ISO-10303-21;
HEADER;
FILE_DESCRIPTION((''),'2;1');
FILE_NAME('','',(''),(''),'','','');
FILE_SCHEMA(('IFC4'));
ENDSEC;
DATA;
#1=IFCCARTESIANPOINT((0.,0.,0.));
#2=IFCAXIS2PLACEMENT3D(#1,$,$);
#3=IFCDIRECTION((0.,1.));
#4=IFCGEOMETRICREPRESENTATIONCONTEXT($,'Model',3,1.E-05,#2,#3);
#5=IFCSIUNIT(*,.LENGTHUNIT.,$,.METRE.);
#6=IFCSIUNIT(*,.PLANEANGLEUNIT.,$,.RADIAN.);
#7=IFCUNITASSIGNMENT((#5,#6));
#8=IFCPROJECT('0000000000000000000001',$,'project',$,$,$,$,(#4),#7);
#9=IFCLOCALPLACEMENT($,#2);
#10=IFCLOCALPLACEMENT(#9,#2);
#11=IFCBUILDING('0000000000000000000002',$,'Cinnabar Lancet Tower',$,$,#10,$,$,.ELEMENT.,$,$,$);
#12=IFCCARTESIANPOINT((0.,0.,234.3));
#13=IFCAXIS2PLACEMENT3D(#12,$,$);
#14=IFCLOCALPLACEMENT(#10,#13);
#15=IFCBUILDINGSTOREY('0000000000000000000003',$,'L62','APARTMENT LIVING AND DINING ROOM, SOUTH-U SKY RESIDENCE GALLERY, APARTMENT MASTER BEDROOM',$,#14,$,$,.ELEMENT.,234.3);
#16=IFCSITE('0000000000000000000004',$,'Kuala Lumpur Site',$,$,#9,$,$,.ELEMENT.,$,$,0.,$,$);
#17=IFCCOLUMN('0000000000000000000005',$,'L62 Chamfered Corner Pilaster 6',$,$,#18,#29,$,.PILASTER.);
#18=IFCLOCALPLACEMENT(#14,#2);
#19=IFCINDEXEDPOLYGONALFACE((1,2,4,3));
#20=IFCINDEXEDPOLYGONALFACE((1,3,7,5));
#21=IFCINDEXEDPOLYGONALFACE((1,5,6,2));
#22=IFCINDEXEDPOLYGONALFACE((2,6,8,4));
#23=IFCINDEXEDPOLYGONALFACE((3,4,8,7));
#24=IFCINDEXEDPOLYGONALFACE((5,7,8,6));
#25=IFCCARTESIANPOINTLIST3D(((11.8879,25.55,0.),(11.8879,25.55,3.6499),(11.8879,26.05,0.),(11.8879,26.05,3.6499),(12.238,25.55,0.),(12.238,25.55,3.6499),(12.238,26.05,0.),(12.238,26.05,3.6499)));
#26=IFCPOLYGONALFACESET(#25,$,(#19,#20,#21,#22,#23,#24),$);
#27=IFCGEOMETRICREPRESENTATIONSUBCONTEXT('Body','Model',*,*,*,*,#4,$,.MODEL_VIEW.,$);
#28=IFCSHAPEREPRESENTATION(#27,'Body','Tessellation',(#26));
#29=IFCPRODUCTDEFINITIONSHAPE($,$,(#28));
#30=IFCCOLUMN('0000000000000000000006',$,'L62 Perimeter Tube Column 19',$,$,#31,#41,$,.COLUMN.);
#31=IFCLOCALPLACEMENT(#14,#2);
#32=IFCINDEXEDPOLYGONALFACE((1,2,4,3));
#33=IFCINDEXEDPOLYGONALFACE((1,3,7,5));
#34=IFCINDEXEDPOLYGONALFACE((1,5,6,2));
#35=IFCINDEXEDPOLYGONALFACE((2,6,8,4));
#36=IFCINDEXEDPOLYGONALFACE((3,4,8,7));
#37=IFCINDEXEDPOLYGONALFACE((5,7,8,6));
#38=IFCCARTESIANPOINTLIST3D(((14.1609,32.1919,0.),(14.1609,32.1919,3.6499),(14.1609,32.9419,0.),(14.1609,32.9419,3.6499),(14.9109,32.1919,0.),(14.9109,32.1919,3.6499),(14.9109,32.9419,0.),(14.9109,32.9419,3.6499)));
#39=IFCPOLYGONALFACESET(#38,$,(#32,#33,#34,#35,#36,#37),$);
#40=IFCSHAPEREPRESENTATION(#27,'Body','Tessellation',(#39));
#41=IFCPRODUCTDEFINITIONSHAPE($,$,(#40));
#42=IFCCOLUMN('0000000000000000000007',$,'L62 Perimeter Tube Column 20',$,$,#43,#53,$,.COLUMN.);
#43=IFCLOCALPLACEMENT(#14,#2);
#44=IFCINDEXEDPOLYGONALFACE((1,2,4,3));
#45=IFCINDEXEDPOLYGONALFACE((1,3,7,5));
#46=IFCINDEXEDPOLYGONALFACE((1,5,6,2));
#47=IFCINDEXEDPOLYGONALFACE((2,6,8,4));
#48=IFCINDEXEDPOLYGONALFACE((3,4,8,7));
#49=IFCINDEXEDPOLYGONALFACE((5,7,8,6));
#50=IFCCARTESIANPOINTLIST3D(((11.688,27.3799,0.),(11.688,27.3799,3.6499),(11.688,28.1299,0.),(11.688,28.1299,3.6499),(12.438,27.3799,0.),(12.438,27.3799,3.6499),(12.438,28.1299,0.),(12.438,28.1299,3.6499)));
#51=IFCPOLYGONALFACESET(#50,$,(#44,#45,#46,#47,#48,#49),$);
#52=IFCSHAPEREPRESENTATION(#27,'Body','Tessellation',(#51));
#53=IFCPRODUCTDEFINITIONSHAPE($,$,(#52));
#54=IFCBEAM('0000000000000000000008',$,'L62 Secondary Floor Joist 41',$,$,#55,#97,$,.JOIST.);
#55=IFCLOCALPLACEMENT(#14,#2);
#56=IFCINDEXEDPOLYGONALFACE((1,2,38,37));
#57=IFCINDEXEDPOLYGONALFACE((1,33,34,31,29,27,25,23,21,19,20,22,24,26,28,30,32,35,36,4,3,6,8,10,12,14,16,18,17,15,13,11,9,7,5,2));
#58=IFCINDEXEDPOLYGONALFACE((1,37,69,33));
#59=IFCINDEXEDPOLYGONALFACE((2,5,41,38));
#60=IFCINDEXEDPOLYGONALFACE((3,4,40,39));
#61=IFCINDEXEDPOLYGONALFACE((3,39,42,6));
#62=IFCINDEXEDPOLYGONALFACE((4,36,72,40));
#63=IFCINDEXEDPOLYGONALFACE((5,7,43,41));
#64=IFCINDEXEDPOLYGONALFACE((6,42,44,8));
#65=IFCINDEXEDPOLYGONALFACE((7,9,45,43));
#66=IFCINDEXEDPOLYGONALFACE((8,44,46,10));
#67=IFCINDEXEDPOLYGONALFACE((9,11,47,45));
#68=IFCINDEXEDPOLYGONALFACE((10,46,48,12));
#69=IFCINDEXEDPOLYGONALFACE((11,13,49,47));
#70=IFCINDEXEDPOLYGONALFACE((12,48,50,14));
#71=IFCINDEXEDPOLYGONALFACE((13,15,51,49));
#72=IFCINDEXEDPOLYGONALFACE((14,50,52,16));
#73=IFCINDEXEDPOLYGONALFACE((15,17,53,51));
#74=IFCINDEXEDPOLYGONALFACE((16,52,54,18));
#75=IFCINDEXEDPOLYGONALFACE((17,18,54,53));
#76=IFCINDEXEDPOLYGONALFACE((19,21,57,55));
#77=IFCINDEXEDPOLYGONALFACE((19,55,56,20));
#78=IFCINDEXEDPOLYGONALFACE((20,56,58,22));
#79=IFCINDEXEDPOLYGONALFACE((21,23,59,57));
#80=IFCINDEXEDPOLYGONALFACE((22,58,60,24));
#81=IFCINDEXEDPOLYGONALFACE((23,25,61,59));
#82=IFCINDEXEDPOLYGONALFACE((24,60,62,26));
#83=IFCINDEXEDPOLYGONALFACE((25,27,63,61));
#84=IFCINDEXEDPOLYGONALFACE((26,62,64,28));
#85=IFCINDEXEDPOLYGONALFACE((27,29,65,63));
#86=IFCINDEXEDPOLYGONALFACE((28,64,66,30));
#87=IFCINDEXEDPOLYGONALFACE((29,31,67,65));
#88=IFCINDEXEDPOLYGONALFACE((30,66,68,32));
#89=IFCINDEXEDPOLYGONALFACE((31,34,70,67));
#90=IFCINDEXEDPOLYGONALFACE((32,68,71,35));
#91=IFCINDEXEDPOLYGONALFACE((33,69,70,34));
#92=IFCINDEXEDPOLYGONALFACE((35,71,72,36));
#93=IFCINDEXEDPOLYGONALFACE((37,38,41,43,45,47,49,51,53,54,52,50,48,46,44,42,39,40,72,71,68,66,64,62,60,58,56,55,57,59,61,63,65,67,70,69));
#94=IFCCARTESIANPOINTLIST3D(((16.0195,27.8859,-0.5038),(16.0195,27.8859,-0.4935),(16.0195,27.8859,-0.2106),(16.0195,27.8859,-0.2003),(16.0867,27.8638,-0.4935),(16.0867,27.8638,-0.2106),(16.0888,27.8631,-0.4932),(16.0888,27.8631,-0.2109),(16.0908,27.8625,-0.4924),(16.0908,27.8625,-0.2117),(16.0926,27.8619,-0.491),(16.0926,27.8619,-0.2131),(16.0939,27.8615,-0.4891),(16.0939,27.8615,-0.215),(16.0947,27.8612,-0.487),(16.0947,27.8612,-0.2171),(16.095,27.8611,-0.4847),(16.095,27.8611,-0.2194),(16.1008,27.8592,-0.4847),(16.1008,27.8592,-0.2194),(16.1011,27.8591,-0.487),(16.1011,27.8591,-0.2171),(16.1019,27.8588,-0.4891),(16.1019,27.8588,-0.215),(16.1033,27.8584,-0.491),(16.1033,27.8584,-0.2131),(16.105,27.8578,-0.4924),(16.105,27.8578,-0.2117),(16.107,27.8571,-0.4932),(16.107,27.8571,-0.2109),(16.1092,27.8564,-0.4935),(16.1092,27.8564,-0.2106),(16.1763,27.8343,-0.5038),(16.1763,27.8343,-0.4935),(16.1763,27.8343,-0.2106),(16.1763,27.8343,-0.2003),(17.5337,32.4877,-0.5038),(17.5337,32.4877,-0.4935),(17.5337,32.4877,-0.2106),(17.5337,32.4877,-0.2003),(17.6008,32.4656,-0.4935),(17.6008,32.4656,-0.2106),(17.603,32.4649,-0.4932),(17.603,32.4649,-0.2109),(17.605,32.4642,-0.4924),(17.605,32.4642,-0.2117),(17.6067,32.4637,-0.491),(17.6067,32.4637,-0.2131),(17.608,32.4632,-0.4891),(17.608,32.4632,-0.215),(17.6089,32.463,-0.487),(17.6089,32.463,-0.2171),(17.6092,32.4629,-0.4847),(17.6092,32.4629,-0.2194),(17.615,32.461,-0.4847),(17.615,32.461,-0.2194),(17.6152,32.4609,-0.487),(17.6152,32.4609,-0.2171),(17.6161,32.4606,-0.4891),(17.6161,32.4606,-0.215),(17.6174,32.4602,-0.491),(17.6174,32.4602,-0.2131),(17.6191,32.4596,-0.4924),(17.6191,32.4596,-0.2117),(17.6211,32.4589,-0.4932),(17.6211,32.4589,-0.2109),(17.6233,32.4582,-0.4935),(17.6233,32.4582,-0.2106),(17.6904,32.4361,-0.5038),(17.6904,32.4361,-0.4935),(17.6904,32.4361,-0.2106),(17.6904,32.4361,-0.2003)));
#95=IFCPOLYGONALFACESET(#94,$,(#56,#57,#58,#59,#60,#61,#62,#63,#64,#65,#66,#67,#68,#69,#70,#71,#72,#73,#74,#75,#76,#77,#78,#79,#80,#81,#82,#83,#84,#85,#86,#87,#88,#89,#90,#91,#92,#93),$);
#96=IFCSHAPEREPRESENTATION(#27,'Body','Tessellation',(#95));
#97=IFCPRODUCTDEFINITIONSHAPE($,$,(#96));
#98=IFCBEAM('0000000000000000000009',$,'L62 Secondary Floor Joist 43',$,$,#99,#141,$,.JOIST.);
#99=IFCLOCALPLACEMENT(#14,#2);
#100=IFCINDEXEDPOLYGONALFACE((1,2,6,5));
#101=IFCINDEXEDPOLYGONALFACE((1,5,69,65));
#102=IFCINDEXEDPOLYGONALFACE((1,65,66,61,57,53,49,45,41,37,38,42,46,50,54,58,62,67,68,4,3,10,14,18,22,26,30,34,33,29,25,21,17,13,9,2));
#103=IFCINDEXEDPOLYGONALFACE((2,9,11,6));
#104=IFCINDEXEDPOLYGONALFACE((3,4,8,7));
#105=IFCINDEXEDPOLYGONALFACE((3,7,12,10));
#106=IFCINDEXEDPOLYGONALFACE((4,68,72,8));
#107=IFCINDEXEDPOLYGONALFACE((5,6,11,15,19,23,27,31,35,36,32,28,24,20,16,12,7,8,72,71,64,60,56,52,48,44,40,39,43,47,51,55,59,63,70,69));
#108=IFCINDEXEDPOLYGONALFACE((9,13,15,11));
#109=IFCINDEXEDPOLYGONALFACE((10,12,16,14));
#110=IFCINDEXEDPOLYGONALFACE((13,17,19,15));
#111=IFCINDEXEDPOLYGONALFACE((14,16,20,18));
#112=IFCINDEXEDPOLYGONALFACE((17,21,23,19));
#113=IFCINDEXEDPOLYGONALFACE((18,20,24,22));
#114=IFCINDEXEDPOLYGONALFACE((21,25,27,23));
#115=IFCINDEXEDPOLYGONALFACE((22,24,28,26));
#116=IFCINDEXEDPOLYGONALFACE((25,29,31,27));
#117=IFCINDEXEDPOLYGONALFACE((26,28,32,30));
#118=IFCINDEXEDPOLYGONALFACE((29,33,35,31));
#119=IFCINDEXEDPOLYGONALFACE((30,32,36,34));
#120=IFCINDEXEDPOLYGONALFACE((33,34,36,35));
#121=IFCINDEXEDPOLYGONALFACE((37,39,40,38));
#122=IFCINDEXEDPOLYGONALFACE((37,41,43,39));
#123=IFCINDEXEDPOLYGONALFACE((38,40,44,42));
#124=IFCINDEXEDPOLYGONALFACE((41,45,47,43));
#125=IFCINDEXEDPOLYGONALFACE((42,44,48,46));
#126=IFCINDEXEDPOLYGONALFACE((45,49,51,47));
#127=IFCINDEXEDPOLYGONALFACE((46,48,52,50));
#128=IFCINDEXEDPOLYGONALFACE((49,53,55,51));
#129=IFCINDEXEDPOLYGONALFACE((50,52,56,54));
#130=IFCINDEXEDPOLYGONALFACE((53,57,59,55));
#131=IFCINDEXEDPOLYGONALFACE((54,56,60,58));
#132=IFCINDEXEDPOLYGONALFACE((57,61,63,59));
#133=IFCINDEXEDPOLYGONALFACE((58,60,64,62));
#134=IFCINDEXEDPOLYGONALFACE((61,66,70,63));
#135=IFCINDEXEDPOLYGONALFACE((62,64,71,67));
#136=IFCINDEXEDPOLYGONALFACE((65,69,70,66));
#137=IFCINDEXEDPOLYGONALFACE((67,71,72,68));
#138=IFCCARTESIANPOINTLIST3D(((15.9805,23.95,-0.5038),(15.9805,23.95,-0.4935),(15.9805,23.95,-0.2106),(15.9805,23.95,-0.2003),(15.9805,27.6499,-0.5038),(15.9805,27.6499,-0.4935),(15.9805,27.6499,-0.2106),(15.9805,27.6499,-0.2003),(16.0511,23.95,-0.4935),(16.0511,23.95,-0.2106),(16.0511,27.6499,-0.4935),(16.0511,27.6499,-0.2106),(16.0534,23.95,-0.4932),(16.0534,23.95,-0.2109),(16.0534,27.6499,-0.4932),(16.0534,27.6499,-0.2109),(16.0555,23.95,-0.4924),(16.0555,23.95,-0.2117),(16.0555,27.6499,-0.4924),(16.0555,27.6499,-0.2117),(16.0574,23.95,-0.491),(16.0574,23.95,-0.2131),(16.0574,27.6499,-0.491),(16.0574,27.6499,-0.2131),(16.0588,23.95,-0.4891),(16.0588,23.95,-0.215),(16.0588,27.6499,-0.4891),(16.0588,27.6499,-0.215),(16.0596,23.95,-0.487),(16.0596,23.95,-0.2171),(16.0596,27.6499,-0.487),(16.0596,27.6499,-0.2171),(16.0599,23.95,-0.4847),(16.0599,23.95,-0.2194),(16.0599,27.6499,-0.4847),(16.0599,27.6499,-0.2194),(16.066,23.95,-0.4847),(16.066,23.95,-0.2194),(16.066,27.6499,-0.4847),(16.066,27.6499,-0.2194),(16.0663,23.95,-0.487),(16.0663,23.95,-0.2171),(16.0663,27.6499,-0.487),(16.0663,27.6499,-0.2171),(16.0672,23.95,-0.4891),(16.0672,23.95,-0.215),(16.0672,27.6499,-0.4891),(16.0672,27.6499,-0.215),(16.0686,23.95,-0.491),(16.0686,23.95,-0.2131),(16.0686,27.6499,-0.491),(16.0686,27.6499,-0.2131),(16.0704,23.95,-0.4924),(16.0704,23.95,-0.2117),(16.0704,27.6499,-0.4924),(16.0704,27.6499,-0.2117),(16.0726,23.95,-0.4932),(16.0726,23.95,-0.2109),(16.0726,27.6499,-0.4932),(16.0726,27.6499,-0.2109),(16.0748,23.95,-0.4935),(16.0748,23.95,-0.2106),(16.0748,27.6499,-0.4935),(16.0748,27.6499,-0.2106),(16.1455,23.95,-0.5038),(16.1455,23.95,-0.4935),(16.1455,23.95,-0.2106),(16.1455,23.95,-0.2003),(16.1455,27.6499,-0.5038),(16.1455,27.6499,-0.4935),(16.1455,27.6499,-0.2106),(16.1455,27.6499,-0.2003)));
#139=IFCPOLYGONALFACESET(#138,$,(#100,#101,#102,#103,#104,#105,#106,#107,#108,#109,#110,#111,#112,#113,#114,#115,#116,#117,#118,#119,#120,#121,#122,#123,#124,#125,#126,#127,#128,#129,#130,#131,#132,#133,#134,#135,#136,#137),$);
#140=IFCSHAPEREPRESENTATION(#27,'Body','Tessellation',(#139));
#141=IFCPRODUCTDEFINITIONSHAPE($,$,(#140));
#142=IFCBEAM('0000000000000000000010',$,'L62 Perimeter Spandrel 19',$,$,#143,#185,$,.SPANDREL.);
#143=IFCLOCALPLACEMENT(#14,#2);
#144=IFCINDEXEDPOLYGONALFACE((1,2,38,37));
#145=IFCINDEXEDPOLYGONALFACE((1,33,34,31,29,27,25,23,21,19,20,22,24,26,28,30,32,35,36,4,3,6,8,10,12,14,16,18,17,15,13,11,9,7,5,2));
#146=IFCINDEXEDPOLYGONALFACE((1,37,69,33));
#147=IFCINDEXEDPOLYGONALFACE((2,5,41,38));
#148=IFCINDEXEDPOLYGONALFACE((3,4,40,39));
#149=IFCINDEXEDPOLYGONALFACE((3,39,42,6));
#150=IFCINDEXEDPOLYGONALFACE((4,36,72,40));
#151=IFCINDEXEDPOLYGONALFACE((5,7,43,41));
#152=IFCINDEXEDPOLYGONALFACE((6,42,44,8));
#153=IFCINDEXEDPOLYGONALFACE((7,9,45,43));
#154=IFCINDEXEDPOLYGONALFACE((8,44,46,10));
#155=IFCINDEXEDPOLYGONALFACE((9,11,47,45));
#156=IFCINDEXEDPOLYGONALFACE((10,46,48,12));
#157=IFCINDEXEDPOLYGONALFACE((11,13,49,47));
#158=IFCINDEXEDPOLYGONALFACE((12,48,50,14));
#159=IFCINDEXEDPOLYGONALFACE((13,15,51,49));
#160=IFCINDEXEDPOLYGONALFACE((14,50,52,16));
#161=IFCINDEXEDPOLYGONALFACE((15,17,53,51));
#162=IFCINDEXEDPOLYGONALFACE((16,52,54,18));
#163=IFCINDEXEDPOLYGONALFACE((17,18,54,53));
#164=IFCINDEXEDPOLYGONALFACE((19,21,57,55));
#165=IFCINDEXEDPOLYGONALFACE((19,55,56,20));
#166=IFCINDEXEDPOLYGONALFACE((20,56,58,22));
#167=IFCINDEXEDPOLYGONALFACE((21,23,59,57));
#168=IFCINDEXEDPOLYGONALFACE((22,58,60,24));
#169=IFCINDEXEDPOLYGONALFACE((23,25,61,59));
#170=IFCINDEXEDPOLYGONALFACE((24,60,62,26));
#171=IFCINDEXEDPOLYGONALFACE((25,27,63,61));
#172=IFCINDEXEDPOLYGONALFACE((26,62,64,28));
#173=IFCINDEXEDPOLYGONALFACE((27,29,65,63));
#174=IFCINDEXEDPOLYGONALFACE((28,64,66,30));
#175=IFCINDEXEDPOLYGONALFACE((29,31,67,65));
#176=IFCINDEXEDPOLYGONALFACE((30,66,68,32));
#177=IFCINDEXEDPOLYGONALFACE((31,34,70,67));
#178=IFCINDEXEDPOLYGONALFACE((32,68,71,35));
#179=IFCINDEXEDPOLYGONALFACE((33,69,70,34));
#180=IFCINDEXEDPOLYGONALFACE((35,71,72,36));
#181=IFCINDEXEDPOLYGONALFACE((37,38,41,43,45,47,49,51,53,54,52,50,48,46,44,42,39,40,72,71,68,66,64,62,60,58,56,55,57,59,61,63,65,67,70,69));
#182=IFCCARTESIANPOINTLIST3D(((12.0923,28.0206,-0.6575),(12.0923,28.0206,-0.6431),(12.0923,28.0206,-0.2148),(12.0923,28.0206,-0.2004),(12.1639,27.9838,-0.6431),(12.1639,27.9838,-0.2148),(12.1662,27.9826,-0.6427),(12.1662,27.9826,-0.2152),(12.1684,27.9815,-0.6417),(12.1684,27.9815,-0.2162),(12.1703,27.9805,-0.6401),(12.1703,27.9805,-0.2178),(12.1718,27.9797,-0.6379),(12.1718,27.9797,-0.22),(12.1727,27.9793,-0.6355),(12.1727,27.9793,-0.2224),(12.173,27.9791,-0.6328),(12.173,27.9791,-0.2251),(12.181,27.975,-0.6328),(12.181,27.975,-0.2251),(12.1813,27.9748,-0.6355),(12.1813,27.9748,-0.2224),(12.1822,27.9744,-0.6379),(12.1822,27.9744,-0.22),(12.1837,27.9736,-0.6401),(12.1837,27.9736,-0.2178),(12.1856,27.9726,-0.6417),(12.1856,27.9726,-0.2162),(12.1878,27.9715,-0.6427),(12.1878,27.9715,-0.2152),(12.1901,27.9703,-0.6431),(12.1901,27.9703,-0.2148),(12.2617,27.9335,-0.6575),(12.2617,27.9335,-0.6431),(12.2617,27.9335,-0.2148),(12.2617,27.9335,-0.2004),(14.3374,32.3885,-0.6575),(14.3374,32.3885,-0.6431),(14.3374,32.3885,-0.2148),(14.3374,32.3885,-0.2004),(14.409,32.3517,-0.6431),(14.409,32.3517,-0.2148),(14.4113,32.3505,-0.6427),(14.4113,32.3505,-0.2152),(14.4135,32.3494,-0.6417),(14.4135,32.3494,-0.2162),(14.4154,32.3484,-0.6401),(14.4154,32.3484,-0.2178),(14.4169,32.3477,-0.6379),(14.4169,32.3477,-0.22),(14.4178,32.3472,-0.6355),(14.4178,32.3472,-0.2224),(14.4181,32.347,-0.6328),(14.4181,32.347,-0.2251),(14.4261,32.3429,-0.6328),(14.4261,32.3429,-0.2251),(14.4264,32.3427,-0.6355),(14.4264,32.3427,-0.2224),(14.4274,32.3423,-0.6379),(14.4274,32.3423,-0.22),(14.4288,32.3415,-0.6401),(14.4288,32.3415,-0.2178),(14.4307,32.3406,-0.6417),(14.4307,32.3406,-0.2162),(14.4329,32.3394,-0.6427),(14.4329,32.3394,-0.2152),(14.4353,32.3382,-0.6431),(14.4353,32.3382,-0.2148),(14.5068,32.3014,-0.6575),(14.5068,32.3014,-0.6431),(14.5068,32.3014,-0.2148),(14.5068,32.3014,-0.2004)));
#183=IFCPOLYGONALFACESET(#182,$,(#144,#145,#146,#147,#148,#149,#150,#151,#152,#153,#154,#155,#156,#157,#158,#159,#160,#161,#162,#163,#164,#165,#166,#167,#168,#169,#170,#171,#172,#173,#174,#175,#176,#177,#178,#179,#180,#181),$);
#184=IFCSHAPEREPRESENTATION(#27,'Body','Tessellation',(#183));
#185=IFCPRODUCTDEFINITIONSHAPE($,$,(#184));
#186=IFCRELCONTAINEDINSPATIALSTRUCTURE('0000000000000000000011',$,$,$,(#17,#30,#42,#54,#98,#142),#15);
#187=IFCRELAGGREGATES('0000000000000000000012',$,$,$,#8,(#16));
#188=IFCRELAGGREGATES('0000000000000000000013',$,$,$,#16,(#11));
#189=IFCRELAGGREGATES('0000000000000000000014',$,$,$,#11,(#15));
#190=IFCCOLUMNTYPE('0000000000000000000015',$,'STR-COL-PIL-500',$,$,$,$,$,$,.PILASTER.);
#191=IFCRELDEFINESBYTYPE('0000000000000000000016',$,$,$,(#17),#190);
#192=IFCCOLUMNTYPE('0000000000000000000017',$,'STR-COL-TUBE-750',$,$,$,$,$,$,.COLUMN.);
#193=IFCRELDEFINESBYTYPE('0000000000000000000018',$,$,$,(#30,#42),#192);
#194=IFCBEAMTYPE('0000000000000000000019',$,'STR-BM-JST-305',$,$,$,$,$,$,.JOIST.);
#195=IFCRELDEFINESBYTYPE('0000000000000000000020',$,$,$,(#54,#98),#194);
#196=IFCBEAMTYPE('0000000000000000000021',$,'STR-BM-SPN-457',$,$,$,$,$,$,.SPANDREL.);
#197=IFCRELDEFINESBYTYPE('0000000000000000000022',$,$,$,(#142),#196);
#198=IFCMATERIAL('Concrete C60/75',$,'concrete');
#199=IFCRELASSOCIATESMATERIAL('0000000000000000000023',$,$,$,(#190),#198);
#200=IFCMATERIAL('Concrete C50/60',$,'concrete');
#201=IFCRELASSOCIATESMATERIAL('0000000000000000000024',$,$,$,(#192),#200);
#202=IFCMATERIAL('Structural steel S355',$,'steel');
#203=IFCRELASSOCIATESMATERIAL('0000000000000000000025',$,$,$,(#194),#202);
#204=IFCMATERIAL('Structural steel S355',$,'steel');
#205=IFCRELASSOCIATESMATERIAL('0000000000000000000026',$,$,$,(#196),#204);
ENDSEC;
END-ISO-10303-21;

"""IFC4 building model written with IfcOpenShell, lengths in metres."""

from ifc_helpers import new_model, si_unit, direction, frame, origin, origin_2d, place, context, subcontext, project, spatial, rectangle, i_section, extrude, material, material_profile, profile_set, type_object, element, save


model = new_model("IFC4")

# Units and contexts
model_context = context("Model", 3, precision=1e-05, world=origin(), true_north=direction((0.0, 1.0)))
body_context = subcontext(model_context, "Body", "Model", "MODEL_VIEW")
ifc_project = project(units=[si_unit("LENGTHUNIT", "METRE"), si_unit("PLANEANGLEUNIT", "RADIAN")], contexts=[model_context])

# Site, building, storey
site_placement = place(None, origin())
site = spatial("IfcSite", under=ifc_project, at=site_placement, Name="Kuala Lumpur Site", CompositionType="ELEMENT", RefElevation=0.0)
building_placement = place(site_placement, origin())
building = spatial("IfcBuilding", under=site, at=building_placement, Name="Cinnabar Lancet Tower", CompositionType="ELEMENT")
storey_placement = place(building_placement, frame((0.0, 0.0, 234.3)))
storey = spatial("IfcBuildingStorey", under=building, at=storey_placement, Name="L62", Description="APARTMENT LIVING AND DINING ROOM, SOUTH-U SKY RESIDENCE GALLERY, APARTMENT MASTER BEDROOM", CompositionType="ELEMENT", Elevation=234.3)

# Columns
ifc_material_1 = material(Name="Concrete C60/75", Category="concrete")
ifc_material_profile_1 = material_profile(ifc_material_1, rectangle(XDim=0.5, YDim=0.3501, at=origin_2d()), Name="RC-PIL 500x350")
ifc_profile_set_1 = profile_set([ifc_material_profile_1], Name="Concrete C60/75")
column_type_1 = type_object("IfcColumnType", Name="STR-COL-PIL-500", PredefinedType="PILASTER", material=ifc_profile_set_1)
column_placement = place(storey_placement, frame((12.063, 25.8, 0.0), z_axis=(0.0, 0.0, 1.0), x_axis=(0.0, -1.0, 0.0)))
element("IfcColumn", 1, at=column_placement, inside=storey, type_object=column_type_1, Name="L62 Chamfered Corner Pilaster 6", PredefinedType="PILASTER", context=body_context, shape_type="SweptSolid", body=[
    extrude(rectangle(XDim=0.5, YDim=0.3501, at=origin_2d()), origin(), (0.0, 0.0, 1.0), 3.6499),
])
ifc_material_2 = material(Name="Concrete C50/60", Category="concrete")
ifc_material_profile_2 = material_profile(ifc_material_2, rectangle(XDim=0.75, YDim=0.75, at=origin_2d()), Name="RC-COL 750x750")
ifc_profile_set_2 = profile_set([ifc_material_profile_2], Name="Concrete C50/60")
column_type_2 = type_object("IfcColumnType", Name="STR-COL-TUBE-750", PredefinedType="COLUMN", material=ifc_profile_set_2)
for number, where, z_axis, x_axis, name in (
    (2, (14.5359, 32.5669, 0.0), (0.0, 0.0, 1.0), (1.0, 0.0, 0.0), "L62 Perimeter Tube Column 19"),
    (3, (12.063, 27.7549, 0.0), (0.0, 0.0, 1.0), (1.0, 0.0, 0.0), "L62 Perimeter Tube Column 20"),
):
    element("IfcColumn", number, at=place(storey_placement, frame(where, z_axis=z_axis, x_axis=x_axis)), inside=storey, type_object=column_type_2, Name=name, PredefinedType="COLUMN", context=body_context, shape_type="SweptSolid", body=[
        extrude(rectangle(XDim=0.75, YDim=0.75, at=origin_2d()), origin(), (0.0, 0.0, 1.0), 3.6499),
    ])

# Beams
ifc_material_3 = material(Name="Structural steel S355", Category="steel")
ifc_material_profile_3 = material_profile(ifc_material_3, i_section(OverallWidth=0.165, OverallDepth=0.3035, WebThickness=0.0061, FlangeThickness=0.0103, FilletRadius=0.0088, at=origin_2d()), Name="UKB 305x165x40")
ifc_profile_set_3 = profile_set([ifc_material_profile_3], Name="Structural steel S355")
beam_type_1 = type_object("IfcBeamType", Name="STR-BM-JST-305", PredefinedType="JOIST", material=ifc_profile_set_3)
beam_1_placement = place(storey_placement, frame((17.6121, 32.4619, -0.3521), z_axis=(-0.312552, -0.949901, 0.0), x_axis=(0.949901, -0.312552, 0.0)))
element("IfcBeam", 4, at=beam_1_placement, inside=storey, type_object=beam_type_1, Name="L62 Secondary Floor Joist 41", PredefinedType="JOIST", context=body_context, shape_type="SweptSolid", body=[
    extrude(i_section(OverallWidth=0.165, OverallDepth=0.3035, WebThickness=0.0061, FlangeThickness=0.0103, FilletRadius=0.0088, at=origin_2d()), origin(), (0.0, 0.0, 1.0), 4.8445),
])
beam_2_placement = place(storey_placement, frame((16.063, 27.6499, -0.3521), z_axis=(0.0, -1.0, 0.0), x_axis=(1.0, 0.0, 0.0)))
element("IfcBeam", 5, at=beam_2_placement, inside=storey, type_object=beam_type_1, Name="L62 Secondary Floor Joist 43", PredefinedType="JOIST", context=body_context, shape_type="SweptSolid", body=[
    extrude(i_section(OverallWidth=0.165, OverallDepth=0.3035, WebThickness=0.0061, FlangeThickness=0.0103, FilletRadius=0.0088, at=origin_2d()), origin(), (0.0, 0.0, 1.0), 3.7),
])
ifc_material_4 = material(Name="Structural steel S355", Category="steel")
ifc_material_profile_4 = material_profile(ifc_material_4, i_section(OverallWidth=0.1904, OverallDepth=0.457, WebThickness=0.009, FlangeThickness=0.0144, FilletRadius=0.0103, at=origin_2d()), Name="UKB 457x191x74")
ifc_profile_set_4 = profile_set([ifc_material_profile_4], Name="Structural steel S355")
beam_type_2 = type_object("IfcBeamType", Name="STR-BM-SPN-457", PredefinedType="SPANDREL", material=ifc_profile_set_4)
beam_3_placement = place(storey_placement, frame((14.4221, 32.345, -0.429), z_axis=(-0.457148, -0.889391, 0.0), x_axis=(0.889391, -0.457148, 0.0)))
element("IfcBeam", 6, at=beam_3_placement, inside=storey, type_object=beam_type_2, Name="L62 Perimeter Spandrel 19", PredefinedType="SPANDREL", context=body_context, shape_type="SweptSolid", body=[
    extrude(i_section(OverallWidth=0.1904, OverallDepth=0.457, WebThickness=0.009, FlangeThickness=0.0144, FilletRadius=0.0103, at=origin_2d()), origin(), (0.0, 0.0, 1.0), 4.9111),
])

save(model, "model.ifc")
